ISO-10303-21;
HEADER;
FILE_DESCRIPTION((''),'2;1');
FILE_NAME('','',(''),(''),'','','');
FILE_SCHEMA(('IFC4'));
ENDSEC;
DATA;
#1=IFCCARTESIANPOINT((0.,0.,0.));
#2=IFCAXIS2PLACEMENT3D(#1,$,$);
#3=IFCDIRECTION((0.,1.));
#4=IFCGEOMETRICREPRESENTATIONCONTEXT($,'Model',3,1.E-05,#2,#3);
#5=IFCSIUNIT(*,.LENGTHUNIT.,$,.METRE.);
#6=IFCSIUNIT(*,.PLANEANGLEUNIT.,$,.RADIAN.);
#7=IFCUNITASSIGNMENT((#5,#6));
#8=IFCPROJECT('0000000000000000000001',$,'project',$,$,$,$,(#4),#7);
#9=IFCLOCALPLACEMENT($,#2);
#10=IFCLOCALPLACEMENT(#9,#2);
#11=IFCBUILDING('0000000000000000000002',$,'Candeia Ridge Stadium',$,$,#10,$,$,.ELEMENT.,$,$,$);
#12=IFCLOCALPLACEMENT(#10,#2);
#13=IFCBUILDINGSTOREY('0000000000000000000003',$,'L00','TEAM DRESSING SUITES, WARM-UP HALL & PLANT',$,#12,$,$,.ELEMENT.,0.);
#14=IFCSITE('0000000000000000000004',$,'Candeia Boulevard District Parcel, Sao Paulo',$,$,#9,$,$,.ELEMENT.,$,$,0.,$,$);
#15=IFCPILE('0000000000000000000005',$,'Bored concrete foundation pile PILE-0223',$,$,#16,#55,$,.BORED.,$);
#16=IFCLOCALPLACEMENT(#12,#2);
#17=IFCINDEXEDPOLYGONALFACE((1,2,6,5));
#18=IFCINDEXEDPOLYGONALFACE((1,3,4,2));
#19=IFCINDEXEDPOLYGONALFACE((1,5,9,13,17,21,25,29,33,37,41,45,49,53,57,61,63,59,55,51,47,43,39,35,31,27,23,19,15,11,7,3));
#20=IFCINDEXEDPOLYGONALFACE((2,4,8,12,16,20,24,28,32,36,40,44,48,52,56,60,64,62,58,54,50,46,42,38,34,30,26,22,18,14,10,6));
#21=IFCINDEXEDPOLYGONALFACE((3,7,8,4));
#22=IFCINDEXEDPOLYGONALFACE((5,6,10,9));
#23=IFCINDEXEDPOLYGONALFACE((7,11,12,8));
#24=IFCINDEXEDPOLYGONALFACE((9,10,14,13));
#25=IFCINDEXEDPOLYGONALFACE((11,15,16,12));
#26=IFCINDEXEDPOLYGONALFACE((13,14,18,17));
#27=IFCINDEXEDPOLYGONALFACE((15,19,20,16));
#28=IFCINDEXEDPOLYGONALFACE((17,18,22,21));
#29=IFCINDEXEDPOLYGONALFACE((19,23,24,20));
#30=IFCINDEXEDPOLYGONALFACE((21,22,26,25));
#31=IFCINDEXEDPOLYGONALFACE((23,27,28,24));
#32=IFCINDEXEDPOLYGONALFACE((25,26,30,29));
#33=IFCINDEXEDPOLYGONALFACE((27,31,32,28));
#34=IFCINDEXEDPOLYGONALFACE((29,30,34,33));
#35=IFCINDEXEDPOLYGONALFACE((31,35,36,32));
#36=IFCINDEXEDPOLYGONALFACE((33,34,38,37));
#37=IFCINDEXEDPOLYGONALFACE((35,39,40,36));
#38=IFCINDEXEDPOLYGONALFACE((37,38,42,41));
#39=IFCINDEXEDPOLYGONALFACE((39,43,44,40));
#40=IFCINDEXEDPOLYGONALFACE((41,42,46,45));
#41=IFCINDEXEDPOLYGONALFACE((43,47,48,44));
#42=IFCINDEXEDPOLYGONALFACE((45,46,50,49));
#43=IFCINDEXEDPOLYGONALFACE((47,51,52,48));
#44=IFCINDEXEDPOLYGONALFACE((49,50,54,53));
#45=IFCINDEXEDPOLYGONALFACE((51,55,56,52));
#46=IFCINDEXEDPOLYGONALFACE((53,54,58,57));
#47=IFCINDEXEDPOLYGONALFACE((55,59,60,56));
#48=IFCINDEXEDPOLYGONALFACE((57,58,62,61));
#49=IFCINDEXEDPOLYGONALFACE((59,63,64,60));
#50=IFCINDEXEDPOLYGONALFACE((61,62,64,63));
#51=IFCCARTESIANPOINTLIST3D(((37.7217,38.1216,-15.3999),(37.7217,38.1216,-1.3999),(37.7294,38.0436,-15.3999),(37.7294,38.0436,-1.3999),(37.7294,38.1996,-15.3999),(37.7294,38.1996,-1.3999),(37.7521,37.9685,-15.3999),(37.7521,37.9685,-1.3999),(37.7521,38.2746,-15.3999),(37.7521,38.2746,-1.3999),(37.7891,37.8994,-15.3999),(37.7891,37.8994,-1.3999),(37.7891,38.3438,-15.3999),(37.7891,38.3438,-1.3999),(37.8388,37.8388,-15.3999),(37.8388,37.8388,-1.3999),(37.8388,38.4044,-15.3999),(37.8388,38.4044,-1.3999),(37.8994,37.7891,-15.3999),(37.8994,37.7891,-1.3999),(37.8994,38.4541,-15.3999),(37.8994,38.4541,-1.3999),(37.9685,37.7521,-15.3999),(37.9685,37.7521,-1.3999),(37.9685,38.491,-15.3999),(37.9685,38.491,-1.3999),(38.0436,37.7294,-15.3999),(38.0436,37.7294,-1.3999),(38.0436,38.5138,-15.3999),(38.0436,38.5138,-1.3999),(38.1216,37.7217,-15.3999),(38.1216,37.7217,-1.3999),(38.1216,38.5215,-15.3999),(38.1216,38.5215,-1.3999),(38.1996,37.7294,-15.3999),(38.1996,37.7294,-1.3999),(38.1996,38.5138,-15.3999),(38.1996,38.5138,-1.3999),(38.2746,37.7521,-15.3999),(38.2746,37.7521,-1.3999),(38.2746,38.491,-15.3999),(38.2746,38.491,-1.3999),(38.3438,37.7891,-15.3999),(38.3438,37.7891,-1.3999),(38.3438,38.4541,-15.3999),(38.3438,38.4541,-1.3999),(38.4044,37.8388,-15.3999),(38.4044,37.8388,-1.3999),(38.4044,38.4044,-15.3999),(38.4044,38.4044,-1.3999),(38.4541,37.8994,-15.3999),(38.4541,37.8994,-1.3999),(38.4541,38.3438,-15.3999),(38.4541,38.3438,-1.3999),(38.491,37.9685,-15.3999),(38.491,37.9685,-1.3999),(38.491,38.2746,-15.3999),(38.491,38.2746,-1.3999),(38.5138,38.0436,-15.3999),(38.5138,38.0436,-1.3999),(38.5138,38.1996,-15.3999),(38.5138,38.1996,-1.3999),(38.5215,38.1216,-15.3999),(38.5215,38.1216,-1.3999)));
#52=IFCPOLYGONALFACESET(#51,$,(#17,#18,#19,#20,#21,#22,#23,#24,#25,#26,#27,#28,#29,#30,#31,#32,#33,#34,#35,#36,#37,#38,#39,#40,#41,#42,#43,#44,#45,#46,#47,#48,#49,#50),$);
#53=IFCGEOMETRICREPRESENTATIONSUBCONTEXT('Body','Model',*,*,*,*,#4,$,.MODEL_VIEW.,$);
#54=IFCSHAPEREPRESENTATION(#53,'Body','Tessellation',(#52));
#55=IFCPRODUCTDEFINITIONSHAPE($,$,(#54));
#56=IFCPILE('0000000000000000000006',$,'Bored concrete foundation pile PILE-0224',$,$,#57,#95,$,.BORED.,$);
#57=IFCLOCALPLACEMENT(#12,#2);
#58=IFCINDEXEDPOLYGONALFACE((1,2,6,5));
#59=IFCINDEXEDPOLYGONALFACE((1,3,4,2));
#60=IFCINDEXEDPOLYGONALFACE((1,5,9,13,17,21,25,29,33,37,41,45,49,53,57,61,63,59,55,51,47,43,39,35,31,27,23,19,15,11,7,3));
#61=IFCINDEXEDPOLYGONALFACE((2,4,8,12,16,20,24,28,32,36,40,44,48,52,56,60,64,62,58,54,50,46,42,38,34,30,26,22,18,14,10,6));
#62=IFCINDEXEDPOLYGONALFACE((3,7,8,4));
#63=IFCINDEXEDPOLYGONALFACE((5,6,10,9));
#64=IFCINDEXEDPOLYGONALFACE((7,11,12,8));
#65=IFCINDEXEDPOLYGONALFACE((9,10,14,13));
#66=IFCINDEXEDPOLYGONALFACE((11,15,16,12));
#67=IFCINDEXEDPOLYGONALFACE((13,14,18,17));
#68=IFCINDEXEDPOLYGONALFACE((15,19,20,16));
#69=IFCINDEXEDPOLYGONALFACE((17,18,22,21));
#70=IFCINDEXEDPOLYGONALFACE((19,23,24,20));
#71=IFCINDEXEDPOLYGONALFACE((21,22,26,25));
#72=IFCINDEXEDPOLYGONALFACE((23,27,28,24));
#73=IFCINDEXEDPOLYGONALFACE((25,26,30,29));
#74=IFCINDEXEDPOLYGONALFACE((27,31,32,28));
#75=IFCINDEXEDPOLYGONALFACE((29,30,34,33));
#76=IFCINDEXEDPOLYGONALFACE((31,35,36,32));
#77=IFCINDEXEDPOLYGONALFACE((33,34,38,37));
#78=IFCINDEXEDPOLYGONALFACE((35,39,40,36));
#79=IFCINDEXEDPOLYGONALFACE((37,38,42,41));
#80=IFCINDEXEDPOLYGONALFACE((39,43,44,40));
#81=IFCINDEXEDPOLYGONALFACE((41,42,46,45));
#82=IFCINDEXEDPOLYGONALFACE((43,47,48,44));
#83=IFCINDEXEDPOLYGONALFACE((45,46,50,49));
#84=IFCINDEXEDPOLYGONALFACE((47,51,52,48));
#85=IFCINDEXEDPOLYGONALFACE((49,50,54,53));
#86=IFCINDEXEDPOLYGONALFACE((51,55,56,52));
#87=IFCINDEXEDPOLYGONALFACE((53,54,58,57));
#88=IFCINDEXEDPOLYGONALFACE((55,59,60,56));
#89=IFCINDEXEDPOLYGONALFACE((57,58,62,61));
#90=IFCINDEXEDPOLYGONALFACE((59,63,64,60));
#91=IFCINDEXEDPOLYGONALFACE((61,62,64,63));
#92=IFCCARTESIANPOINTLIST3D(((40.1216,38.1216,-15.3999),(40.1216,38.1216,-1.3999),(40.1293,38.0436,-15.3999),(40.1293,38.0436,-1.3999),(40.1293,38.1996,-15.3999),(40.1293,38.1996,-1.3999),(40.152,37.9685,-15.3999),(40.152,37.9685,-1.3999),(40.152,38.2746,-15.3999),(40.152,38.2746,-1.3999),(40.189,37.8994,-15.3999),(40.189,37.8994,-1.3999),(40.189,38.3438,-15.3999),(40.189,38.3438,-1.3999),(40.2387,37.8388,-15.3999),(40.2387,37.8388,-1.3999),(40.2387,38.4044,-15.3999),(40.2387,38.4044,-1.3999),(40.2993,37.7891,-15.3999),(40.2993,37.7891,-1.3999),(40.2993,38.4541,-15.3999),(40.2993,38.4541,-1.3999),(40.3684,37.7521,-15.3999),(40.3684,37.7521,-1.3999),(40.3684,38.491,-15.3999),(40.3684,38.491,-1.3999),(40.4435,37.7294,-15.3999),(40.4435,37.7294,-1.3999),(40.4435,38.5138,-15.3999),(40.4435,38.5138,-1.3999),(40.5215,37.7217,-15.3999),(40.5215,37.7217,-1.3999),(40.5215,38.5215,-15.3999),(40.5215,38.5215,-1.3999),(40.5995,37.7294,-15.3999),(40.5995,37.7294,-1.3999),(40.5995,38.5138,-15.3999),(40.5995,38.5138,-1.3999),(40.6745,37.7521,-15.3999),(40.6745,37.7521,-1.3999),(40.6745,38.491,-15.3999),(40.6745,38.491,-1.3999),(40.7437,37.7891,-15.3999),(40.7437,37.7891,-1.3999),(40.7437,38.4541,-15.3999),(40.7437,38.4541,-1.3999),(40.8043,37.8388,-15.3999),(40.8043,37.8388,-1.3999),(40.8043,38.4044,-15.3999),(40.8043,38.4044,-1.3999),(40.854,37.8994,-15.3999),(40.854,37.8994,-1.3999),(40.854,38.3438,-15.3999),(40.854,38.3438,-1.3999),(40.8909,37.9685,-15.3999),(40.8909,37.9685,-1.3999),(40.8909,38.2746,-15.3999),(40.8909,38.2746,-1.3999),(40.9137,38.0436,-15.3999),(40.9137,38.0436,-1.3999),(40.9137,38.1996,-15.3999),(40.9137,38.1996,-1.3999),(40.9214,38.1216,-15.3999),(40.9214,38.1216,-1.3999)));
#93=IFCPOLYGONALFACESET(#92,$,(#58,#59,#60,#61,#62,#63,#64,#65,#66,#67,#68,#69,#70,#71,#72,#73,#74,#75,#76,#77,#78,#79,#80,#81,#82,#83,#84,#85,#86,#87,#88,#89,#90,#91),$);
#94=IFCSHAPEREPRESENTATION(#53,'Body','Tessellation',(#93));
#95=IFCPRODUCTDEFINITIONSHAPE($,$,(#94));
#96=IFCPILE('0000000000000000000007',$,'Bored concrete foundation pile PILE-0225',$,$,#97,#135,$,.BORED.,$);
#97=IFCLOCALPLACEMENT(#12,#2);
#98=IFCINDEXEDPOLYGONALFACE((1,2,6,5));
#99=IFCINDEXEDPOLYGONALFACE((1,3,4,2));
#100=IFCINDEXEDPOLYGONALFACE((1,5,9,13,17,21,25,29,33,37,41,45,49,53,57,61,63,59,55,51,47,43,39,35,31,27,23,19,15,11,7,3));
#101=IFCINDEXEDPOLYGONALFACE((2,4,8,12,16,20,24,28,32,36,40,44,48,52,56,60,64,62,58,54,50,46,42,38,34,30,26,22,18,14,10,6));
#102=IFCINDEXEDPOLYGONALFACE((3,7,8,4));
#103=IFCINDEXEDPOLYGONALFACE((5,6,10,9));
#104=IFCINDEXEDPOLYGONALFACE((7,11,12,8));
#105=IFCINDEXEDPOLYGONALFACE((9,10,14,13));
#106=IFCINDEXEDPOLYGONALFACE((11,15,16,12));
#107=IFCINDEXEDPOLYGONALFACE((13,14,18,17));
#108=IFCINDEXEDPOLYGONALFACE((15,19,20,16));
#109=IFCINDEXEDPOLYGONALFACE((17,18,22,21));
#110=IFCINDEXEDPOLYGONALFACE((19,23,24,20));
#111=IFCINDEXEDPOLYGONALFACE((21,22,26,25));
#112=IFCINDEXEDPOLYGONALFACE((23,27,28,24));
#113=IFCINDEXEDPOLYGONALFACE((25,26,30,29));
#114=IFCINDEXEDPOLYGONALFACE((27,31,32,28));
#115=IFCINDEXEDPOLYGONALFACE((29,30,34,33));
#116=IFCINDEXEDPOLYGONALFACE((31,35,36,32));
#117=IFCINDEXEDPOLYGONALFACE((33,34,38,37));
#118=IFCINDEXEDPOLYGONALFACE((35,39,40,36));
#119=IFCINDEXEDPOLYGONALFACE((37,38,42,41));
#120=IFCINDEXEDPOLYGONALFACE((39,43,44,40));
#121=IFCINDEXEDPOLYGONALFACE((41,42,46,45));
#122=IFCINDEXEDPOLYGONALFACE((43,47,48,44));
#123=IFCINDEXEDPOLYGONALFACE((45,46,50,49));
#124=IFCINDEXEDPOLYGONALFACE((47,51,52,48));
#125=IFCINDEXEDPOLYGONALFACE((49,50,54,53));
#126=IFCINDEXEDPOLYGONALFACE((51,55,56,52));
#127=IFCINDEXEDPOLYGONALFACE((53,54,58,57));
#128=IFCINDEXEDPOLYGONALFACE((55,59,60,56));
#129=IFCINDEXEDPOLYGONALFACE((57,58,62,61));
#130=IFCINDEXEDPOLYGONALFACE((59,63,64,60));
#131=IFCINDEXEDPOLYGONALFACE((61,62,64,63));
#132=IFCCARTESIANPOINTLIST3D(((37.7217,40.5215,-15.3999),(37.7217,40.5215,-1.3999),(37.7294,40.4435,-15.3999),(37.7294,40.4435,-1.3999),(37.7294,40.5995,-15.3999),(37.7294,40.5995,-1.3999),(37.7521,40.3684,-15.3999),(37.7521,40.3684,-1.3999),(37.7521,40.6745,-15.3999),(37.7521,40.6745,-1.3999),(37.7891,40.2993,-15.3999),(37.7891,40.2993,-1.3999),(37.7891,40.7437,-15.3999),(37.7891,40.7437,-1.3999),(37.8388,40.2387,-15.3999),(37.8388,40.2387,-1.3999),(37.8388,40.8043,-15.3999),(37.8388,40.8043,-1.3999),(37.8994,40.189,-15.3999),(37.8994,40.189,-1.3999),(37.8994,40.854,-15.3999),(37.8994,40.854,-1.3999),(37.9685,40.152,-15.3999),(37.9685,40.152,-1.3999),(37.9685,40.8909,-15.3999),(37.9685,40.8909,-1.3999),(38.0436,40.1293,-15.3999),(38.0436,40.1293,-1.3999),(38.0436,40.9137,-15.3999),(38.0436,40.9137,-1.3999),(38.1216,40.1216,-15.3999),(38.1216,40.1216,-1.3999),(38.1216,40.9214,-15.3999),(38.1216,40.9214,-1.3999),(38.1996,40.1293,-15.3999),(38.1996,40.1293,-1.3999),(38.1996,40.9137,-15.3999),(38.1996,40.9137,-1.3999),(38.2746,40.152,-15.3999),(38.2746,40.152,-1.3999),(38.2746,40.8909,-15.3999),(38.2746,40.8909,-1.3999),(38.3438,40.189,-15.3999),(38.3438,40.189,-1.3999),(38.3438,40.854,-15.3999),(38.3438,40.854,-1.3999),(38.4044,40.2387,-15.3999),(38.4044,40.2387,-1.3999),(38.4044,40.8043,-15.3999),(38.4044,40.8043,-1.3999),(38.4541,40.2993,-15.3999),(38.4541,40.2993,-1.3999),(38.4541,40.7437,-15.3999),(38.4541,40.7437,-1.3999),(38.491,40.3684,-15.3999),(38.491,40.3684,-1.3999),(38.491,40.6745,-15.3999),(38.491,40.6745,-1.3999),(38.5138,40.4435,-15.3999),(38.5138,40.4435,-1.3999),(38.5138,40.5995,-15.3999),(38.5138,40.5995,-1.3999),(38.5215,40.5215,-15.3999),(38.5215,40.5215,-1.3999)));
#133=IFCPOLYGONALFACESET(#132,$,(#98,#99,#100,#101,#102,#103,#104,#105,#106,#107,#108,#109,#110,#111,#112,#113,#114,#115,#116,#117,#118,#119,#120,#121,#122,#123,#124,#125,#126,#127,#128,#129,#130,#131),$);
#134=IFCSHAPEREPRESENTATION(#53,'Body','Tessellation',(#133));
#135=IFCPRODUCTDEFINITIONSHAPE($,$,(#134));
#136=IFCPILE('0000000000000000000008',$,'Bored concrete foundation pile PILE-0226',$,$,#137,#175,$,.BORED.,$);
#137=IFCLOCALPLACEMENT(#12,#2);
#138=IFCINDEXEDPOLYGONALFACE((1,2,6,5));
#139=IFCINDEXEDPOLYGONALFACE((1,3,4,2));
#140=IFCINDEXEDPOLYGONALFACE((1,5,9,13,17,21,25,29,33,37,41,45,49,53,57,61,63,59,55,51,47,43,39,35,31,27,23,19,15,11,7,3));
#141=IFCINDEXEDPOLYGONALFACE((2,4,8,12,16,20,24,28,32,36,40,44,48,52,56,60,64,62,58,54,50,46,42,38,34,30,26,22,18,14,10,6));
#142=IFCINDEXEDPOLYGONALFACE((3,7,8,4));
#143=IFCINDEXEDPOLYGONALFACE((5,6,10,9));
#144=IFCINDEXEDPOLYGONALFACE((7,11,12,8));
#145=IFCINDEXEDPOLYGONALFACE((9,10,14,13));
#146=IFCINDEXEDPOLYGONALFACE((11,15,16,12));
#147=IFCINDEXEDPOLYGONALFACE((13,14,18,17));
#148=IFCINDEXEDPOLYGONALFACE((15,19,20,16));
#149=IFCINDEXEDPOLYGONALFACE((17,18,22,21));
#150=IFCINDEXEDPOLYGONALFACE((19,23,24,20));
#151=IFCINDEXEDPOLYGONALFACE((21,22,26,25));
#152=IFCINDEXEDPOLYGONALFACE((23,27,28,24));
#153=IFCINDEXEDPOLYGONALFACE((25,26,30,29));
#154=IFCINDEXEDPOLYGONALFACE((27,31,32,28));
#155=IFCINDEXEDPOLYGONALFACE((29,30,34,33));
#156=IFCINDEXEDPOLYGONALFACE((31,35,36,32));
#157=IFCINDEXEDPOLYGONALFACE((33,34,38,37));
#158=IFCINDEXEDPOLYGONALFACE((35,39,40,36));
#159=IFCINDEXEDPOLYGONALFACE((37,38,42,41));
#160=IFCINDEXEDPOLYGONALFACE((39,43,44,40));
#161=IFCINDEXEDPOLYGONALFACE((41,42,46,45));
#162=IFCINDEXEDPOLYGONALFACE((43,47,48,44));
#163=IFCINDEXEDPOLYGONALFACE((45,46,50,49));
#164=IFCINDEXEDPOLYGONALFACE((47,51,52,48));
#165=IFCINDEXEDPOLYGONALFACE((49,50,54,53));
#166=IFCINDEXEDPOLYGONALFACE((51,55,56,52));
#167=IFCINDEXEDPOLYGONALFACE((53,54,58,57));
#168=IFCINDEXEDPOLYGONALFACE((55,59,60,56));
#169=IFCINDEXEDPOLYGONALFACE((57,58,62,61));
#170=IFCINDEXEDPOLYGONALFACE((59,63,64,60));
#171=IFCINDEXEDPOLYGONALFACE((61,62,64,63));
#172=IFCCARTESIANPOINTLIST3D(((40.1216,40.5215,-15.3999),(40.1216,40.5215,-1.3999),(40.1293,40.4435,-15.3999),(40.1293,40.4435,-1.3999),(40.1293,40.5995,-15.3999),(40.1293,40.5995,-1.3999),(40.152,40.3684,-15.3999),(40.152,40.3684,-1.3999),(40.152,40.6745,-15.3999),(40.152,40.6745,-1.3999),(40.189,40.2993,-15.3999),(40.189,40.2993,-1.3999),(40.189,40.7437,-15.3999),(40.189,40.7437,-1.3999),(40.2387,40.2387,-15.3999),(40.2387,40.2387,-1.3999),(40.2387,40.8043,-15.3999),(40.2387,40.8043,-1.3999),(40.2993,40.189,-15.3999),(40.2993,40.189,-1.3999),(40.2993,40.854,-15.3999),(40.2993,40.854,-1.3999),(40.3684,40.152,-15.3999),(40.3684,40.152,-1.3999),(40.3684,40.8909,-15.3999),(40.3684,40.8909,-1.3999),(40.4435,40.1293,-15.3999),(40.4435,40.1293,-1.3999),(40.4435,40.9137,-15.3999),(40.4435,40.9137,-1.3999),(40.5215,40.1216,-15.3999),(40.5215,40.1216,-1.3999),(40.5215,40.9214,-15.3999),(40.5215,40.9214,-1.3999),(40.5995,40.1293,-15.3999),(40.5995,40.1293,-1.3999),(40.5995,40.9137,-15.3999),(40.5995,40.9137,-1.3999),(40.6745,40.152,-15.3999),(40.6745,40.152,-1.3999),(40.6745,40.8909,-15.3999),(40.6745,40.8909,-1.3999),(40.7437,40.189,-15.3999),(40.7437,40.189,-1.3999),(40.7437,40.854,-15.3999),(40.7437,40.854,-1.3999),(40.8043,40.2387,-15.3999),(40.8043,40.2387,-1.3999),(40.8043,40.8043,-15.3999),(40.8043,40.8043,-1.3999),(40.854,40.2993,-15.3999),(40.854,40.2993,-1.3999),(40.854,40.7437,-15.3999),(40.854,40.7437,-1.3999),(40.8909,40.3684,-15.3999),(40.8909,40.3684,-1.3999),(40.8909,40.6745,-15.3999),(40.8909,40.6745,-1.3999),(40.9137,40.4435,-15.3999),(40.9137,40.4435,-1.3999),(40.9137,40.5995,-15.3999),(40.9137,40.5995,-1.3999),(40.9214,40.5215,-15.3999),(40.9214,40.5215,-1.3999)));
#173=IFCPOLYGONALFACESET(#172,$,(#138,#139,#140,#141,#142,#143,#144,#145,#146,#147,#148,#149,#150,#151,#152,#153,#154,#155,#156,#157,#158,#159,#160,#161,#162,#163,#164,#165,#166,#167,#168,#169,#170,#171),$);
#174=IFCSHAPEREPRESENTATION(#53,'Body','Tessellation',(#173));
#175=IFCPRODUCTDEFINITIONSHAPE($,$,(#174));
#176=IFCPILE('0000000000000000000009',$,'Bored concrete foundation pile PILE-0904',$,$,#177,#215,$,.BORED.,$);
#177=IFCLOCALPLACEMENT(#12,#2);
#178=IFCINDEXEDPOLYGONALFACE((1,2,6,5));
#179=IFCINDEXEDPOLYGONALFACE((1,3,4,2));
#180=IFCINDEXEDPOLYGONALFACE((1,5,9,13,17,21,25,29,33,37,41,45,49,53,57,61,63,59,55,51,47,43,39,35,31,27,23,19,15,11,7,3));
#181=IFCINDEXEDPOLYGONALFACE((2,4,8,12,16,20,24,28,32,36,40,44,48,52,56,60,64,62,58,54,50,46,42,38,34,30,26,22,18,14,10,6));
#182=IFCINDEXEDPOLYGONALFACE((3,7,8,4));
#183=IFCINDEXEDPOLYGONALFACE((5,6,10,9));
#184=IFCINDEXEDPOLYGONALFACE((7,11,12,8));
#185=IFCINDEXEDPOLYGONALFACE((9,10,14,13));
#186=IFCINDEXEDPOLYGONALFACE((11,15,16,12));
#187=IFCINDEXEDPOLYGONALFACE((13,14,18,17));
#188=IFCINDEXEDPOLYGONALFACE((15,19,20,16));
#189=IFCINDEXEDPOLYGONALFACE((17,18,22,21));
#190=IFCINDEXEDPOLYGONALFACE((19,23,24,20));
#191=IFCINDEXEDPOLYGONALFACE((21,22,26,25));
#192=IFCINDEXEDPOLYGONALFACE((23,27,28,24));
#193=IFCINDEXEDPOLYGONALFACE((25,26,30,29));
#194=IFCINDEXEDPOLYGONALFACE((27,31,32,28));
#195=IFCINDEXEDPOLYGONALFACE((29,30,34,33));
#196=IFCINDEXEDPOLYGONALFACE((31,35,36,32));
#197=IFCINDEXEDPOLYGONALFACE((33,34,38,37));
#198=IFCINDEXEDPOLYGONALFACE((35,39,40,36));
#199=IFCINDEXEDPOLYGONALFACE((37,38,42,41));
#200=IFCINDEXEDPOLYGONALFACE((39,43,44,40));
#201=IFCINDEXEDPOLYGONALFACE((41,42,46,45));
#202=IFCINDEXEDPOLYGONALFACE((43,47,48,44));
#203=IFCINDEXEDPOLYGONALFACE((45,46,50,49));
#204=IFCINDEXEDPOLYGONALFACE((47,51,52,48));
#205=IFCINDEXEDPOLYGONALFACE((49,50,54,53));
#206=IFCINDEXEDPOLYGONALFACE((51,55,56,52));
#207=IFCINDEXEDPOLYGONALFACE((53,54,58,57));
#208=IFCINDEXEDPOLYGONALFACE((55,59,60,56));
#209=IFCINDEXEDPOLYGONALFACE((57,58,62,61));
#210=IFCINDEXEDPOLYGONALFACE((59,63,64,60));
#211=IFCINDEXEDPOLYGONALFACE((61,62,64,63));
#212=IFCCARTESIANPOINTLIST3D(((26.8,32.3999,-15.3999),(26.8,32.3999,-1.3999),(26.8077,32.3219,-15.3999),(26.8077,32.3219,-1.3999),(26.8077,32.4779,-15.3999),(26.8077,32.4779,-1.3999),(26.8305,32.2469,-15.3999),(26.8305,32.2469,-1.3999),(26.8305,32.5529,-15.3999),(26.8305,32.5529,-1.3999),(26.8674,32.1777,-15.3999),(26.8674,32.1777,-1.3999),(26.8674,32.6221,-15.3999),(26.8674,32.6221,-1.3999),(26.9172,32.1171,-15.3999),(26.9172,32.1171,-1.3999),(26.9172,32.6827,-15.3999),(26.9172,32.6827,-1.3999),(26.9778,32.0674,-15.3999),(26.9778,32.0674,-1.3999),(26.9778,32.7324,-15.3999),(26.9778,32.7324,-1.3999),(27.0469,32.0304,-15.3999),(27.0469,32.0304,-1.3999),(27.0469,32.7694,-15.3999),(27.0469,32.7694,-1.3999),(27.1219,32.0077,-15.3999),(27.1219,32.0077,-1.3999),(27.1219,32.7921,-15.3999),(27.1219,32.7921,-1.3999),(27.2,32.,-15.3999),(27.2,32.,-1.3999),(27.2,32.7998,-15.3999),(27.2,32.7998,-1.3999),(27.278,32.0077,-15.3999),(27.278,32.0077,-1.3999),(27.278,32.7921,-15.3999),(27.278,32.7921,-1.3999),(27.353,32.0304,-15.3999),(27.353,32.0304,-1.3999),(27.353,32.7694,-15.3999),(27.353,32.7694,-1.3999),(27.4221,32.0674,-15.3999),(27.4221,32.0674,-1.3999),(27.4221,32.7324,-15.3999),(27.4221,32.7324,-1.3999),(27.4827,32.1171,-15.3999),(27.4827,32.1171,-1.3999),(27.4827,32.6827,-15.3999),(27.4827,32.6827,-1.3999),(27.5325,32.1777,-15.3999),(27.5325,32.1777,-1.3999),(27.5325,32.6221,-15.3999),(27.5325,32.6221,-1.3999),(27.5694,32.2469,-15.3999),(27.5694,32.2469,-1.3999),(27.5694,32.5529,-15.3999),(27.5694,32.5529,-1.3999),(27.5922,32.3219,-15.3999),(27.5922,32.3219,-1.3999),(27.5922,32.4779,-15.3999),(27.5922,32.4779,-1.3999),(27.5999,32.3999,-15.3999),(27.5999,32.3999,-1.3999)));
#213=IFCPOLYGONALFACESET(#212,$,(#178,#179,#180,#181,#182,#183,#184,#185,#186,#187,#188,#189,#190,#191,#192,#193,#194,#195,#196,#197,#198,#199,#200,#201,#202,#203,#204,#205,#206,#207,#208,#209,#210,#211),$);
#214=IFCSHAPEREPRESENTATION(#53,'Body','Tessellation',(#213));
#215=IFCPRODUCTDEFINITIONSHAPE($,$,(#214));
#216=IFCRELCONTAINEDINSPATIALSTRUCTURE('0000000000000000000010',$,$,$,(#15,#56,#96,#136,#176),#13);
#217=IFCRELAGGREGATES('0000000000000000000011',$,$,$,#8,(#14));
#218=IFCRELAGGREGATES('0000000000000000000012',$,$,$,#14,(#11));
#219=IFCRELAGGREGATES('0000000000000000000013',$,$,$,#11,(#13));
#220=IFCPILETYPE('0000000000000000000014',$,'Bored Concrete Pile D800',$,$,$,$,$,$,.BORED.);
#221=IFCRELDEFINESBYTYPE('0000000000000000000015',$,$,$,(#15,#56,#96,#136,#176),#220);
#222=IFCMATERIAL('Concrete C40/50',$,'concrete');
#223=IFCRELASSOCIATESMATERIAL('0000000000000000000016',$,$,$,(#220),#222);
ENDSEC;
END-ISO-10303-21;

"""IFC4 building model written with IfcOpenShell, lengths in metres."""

from ifc_helpers import new_model, si_unit, direction, frame, origin, origin_2d, place, context, subcontext, project, spatial, circle, extrude, material, material_profile, profile_set, type_object, element, save


model = new_model("IFC4")

# Units and contexts
model_context = context("Model", 3, precision=1e-05, world=origin(), true_north=direction((0.0, 1.0)))
body_context = subcontext(model_context, "Body", "Model", "MODEL_VIEW")
ifc_project = project(units=[si_unit("LENGTHUNIT", "METRE"), si_unit("PLANEANGLEUNIT", "RADIAN")], contexts=[model_context])

# Site, building, storey
site_placement = place(None, origin())
site = spatial("IfcSite", under=ifc_project, at=site_placement, Name="Candeia Boulevard District Parcel, Sao Paulo", CompositionType="ELEMENT", RefElevation=0.0)
building_placement = place(site_placement, origin())
building = spatial("IfcBuilding", under=site, at=building_placement, Name="Candeia Ridge Stadium", CompositionType="ELEMENT")
storey_placement = place(building_placement, origin())
storey = spatial("IfcBuildingStorey", under=building, at=storey_placement, Name="L00", Description="TEAM DRESSING SUITES, WARM-UP HALL & PLANT", CompositionType="ELEMENT", Elevation=0.0)

# Piles
ifc_material_1 = material(Name="Concrete C40/50", Category="concrete")
ifc_material_profile_1 = material_profile(ifc_material_1, circle(Radius=0.3999, at=origin_2d()), Name="PILE-D800", Category="concrete")
ifc_profile_set_1 = profile_set([ifc_material_profile_1], Name="Concrete C40/50")
pile_type_1 = type_object("IfcPileType", Name="Bored Concrete Pile D800", PredefinedType="BORED", material=ifc_profile_set_1)
for number, where, z_axis, x_axis, name in (
    (1, (38.1216, 38.1216, -1.3999), (0.0, 0.0, -1.0), (1.0, 0.0, 0.0), "Bored concrete foundation pile PILE-0223"),
    (2, (40.5215, 38.1216, -1.3999), (0.0, 0.0, -1.0), (1.0, 0.0, 0.0), "Bored concrete foundation pile PILE-0224"),
    (3, (38.1216, 40.5215, -1.3999), (0.0, 0.0, -1.0), (1.0, 0.0, 0.0), "Bored concrete foundation pile PILE-0225"),
    (4, (40.5215, 40.5215, -1.3999), (0.0, 0.0, -1.0), (1.0, 0.0, 0.0), "Bored concrete foundation pile PILE-0226"),
    (5, (27.2, 32.3999, -1.3999), (0.0, 0.0, -1.0), (1.0, 0.0, 0.0), "Bored concrete foundation pile PILE-0904"),
):
    element("IfcPile", number, at=place(storey_placement, frame(where, z_axis=z_axis, x_axis=x_axis)), inside=storey, type_object=pile_type_1, Name=name, PredefinedType="BORED", context=body_context, shape_type="SweptSolid", body=[
        extrude(circle(Radius=0.3999, at=origin_2d()), origin(), (0.0, 0.0, 1.0), 14.0),
    ])

save(model, "model.ifc")
